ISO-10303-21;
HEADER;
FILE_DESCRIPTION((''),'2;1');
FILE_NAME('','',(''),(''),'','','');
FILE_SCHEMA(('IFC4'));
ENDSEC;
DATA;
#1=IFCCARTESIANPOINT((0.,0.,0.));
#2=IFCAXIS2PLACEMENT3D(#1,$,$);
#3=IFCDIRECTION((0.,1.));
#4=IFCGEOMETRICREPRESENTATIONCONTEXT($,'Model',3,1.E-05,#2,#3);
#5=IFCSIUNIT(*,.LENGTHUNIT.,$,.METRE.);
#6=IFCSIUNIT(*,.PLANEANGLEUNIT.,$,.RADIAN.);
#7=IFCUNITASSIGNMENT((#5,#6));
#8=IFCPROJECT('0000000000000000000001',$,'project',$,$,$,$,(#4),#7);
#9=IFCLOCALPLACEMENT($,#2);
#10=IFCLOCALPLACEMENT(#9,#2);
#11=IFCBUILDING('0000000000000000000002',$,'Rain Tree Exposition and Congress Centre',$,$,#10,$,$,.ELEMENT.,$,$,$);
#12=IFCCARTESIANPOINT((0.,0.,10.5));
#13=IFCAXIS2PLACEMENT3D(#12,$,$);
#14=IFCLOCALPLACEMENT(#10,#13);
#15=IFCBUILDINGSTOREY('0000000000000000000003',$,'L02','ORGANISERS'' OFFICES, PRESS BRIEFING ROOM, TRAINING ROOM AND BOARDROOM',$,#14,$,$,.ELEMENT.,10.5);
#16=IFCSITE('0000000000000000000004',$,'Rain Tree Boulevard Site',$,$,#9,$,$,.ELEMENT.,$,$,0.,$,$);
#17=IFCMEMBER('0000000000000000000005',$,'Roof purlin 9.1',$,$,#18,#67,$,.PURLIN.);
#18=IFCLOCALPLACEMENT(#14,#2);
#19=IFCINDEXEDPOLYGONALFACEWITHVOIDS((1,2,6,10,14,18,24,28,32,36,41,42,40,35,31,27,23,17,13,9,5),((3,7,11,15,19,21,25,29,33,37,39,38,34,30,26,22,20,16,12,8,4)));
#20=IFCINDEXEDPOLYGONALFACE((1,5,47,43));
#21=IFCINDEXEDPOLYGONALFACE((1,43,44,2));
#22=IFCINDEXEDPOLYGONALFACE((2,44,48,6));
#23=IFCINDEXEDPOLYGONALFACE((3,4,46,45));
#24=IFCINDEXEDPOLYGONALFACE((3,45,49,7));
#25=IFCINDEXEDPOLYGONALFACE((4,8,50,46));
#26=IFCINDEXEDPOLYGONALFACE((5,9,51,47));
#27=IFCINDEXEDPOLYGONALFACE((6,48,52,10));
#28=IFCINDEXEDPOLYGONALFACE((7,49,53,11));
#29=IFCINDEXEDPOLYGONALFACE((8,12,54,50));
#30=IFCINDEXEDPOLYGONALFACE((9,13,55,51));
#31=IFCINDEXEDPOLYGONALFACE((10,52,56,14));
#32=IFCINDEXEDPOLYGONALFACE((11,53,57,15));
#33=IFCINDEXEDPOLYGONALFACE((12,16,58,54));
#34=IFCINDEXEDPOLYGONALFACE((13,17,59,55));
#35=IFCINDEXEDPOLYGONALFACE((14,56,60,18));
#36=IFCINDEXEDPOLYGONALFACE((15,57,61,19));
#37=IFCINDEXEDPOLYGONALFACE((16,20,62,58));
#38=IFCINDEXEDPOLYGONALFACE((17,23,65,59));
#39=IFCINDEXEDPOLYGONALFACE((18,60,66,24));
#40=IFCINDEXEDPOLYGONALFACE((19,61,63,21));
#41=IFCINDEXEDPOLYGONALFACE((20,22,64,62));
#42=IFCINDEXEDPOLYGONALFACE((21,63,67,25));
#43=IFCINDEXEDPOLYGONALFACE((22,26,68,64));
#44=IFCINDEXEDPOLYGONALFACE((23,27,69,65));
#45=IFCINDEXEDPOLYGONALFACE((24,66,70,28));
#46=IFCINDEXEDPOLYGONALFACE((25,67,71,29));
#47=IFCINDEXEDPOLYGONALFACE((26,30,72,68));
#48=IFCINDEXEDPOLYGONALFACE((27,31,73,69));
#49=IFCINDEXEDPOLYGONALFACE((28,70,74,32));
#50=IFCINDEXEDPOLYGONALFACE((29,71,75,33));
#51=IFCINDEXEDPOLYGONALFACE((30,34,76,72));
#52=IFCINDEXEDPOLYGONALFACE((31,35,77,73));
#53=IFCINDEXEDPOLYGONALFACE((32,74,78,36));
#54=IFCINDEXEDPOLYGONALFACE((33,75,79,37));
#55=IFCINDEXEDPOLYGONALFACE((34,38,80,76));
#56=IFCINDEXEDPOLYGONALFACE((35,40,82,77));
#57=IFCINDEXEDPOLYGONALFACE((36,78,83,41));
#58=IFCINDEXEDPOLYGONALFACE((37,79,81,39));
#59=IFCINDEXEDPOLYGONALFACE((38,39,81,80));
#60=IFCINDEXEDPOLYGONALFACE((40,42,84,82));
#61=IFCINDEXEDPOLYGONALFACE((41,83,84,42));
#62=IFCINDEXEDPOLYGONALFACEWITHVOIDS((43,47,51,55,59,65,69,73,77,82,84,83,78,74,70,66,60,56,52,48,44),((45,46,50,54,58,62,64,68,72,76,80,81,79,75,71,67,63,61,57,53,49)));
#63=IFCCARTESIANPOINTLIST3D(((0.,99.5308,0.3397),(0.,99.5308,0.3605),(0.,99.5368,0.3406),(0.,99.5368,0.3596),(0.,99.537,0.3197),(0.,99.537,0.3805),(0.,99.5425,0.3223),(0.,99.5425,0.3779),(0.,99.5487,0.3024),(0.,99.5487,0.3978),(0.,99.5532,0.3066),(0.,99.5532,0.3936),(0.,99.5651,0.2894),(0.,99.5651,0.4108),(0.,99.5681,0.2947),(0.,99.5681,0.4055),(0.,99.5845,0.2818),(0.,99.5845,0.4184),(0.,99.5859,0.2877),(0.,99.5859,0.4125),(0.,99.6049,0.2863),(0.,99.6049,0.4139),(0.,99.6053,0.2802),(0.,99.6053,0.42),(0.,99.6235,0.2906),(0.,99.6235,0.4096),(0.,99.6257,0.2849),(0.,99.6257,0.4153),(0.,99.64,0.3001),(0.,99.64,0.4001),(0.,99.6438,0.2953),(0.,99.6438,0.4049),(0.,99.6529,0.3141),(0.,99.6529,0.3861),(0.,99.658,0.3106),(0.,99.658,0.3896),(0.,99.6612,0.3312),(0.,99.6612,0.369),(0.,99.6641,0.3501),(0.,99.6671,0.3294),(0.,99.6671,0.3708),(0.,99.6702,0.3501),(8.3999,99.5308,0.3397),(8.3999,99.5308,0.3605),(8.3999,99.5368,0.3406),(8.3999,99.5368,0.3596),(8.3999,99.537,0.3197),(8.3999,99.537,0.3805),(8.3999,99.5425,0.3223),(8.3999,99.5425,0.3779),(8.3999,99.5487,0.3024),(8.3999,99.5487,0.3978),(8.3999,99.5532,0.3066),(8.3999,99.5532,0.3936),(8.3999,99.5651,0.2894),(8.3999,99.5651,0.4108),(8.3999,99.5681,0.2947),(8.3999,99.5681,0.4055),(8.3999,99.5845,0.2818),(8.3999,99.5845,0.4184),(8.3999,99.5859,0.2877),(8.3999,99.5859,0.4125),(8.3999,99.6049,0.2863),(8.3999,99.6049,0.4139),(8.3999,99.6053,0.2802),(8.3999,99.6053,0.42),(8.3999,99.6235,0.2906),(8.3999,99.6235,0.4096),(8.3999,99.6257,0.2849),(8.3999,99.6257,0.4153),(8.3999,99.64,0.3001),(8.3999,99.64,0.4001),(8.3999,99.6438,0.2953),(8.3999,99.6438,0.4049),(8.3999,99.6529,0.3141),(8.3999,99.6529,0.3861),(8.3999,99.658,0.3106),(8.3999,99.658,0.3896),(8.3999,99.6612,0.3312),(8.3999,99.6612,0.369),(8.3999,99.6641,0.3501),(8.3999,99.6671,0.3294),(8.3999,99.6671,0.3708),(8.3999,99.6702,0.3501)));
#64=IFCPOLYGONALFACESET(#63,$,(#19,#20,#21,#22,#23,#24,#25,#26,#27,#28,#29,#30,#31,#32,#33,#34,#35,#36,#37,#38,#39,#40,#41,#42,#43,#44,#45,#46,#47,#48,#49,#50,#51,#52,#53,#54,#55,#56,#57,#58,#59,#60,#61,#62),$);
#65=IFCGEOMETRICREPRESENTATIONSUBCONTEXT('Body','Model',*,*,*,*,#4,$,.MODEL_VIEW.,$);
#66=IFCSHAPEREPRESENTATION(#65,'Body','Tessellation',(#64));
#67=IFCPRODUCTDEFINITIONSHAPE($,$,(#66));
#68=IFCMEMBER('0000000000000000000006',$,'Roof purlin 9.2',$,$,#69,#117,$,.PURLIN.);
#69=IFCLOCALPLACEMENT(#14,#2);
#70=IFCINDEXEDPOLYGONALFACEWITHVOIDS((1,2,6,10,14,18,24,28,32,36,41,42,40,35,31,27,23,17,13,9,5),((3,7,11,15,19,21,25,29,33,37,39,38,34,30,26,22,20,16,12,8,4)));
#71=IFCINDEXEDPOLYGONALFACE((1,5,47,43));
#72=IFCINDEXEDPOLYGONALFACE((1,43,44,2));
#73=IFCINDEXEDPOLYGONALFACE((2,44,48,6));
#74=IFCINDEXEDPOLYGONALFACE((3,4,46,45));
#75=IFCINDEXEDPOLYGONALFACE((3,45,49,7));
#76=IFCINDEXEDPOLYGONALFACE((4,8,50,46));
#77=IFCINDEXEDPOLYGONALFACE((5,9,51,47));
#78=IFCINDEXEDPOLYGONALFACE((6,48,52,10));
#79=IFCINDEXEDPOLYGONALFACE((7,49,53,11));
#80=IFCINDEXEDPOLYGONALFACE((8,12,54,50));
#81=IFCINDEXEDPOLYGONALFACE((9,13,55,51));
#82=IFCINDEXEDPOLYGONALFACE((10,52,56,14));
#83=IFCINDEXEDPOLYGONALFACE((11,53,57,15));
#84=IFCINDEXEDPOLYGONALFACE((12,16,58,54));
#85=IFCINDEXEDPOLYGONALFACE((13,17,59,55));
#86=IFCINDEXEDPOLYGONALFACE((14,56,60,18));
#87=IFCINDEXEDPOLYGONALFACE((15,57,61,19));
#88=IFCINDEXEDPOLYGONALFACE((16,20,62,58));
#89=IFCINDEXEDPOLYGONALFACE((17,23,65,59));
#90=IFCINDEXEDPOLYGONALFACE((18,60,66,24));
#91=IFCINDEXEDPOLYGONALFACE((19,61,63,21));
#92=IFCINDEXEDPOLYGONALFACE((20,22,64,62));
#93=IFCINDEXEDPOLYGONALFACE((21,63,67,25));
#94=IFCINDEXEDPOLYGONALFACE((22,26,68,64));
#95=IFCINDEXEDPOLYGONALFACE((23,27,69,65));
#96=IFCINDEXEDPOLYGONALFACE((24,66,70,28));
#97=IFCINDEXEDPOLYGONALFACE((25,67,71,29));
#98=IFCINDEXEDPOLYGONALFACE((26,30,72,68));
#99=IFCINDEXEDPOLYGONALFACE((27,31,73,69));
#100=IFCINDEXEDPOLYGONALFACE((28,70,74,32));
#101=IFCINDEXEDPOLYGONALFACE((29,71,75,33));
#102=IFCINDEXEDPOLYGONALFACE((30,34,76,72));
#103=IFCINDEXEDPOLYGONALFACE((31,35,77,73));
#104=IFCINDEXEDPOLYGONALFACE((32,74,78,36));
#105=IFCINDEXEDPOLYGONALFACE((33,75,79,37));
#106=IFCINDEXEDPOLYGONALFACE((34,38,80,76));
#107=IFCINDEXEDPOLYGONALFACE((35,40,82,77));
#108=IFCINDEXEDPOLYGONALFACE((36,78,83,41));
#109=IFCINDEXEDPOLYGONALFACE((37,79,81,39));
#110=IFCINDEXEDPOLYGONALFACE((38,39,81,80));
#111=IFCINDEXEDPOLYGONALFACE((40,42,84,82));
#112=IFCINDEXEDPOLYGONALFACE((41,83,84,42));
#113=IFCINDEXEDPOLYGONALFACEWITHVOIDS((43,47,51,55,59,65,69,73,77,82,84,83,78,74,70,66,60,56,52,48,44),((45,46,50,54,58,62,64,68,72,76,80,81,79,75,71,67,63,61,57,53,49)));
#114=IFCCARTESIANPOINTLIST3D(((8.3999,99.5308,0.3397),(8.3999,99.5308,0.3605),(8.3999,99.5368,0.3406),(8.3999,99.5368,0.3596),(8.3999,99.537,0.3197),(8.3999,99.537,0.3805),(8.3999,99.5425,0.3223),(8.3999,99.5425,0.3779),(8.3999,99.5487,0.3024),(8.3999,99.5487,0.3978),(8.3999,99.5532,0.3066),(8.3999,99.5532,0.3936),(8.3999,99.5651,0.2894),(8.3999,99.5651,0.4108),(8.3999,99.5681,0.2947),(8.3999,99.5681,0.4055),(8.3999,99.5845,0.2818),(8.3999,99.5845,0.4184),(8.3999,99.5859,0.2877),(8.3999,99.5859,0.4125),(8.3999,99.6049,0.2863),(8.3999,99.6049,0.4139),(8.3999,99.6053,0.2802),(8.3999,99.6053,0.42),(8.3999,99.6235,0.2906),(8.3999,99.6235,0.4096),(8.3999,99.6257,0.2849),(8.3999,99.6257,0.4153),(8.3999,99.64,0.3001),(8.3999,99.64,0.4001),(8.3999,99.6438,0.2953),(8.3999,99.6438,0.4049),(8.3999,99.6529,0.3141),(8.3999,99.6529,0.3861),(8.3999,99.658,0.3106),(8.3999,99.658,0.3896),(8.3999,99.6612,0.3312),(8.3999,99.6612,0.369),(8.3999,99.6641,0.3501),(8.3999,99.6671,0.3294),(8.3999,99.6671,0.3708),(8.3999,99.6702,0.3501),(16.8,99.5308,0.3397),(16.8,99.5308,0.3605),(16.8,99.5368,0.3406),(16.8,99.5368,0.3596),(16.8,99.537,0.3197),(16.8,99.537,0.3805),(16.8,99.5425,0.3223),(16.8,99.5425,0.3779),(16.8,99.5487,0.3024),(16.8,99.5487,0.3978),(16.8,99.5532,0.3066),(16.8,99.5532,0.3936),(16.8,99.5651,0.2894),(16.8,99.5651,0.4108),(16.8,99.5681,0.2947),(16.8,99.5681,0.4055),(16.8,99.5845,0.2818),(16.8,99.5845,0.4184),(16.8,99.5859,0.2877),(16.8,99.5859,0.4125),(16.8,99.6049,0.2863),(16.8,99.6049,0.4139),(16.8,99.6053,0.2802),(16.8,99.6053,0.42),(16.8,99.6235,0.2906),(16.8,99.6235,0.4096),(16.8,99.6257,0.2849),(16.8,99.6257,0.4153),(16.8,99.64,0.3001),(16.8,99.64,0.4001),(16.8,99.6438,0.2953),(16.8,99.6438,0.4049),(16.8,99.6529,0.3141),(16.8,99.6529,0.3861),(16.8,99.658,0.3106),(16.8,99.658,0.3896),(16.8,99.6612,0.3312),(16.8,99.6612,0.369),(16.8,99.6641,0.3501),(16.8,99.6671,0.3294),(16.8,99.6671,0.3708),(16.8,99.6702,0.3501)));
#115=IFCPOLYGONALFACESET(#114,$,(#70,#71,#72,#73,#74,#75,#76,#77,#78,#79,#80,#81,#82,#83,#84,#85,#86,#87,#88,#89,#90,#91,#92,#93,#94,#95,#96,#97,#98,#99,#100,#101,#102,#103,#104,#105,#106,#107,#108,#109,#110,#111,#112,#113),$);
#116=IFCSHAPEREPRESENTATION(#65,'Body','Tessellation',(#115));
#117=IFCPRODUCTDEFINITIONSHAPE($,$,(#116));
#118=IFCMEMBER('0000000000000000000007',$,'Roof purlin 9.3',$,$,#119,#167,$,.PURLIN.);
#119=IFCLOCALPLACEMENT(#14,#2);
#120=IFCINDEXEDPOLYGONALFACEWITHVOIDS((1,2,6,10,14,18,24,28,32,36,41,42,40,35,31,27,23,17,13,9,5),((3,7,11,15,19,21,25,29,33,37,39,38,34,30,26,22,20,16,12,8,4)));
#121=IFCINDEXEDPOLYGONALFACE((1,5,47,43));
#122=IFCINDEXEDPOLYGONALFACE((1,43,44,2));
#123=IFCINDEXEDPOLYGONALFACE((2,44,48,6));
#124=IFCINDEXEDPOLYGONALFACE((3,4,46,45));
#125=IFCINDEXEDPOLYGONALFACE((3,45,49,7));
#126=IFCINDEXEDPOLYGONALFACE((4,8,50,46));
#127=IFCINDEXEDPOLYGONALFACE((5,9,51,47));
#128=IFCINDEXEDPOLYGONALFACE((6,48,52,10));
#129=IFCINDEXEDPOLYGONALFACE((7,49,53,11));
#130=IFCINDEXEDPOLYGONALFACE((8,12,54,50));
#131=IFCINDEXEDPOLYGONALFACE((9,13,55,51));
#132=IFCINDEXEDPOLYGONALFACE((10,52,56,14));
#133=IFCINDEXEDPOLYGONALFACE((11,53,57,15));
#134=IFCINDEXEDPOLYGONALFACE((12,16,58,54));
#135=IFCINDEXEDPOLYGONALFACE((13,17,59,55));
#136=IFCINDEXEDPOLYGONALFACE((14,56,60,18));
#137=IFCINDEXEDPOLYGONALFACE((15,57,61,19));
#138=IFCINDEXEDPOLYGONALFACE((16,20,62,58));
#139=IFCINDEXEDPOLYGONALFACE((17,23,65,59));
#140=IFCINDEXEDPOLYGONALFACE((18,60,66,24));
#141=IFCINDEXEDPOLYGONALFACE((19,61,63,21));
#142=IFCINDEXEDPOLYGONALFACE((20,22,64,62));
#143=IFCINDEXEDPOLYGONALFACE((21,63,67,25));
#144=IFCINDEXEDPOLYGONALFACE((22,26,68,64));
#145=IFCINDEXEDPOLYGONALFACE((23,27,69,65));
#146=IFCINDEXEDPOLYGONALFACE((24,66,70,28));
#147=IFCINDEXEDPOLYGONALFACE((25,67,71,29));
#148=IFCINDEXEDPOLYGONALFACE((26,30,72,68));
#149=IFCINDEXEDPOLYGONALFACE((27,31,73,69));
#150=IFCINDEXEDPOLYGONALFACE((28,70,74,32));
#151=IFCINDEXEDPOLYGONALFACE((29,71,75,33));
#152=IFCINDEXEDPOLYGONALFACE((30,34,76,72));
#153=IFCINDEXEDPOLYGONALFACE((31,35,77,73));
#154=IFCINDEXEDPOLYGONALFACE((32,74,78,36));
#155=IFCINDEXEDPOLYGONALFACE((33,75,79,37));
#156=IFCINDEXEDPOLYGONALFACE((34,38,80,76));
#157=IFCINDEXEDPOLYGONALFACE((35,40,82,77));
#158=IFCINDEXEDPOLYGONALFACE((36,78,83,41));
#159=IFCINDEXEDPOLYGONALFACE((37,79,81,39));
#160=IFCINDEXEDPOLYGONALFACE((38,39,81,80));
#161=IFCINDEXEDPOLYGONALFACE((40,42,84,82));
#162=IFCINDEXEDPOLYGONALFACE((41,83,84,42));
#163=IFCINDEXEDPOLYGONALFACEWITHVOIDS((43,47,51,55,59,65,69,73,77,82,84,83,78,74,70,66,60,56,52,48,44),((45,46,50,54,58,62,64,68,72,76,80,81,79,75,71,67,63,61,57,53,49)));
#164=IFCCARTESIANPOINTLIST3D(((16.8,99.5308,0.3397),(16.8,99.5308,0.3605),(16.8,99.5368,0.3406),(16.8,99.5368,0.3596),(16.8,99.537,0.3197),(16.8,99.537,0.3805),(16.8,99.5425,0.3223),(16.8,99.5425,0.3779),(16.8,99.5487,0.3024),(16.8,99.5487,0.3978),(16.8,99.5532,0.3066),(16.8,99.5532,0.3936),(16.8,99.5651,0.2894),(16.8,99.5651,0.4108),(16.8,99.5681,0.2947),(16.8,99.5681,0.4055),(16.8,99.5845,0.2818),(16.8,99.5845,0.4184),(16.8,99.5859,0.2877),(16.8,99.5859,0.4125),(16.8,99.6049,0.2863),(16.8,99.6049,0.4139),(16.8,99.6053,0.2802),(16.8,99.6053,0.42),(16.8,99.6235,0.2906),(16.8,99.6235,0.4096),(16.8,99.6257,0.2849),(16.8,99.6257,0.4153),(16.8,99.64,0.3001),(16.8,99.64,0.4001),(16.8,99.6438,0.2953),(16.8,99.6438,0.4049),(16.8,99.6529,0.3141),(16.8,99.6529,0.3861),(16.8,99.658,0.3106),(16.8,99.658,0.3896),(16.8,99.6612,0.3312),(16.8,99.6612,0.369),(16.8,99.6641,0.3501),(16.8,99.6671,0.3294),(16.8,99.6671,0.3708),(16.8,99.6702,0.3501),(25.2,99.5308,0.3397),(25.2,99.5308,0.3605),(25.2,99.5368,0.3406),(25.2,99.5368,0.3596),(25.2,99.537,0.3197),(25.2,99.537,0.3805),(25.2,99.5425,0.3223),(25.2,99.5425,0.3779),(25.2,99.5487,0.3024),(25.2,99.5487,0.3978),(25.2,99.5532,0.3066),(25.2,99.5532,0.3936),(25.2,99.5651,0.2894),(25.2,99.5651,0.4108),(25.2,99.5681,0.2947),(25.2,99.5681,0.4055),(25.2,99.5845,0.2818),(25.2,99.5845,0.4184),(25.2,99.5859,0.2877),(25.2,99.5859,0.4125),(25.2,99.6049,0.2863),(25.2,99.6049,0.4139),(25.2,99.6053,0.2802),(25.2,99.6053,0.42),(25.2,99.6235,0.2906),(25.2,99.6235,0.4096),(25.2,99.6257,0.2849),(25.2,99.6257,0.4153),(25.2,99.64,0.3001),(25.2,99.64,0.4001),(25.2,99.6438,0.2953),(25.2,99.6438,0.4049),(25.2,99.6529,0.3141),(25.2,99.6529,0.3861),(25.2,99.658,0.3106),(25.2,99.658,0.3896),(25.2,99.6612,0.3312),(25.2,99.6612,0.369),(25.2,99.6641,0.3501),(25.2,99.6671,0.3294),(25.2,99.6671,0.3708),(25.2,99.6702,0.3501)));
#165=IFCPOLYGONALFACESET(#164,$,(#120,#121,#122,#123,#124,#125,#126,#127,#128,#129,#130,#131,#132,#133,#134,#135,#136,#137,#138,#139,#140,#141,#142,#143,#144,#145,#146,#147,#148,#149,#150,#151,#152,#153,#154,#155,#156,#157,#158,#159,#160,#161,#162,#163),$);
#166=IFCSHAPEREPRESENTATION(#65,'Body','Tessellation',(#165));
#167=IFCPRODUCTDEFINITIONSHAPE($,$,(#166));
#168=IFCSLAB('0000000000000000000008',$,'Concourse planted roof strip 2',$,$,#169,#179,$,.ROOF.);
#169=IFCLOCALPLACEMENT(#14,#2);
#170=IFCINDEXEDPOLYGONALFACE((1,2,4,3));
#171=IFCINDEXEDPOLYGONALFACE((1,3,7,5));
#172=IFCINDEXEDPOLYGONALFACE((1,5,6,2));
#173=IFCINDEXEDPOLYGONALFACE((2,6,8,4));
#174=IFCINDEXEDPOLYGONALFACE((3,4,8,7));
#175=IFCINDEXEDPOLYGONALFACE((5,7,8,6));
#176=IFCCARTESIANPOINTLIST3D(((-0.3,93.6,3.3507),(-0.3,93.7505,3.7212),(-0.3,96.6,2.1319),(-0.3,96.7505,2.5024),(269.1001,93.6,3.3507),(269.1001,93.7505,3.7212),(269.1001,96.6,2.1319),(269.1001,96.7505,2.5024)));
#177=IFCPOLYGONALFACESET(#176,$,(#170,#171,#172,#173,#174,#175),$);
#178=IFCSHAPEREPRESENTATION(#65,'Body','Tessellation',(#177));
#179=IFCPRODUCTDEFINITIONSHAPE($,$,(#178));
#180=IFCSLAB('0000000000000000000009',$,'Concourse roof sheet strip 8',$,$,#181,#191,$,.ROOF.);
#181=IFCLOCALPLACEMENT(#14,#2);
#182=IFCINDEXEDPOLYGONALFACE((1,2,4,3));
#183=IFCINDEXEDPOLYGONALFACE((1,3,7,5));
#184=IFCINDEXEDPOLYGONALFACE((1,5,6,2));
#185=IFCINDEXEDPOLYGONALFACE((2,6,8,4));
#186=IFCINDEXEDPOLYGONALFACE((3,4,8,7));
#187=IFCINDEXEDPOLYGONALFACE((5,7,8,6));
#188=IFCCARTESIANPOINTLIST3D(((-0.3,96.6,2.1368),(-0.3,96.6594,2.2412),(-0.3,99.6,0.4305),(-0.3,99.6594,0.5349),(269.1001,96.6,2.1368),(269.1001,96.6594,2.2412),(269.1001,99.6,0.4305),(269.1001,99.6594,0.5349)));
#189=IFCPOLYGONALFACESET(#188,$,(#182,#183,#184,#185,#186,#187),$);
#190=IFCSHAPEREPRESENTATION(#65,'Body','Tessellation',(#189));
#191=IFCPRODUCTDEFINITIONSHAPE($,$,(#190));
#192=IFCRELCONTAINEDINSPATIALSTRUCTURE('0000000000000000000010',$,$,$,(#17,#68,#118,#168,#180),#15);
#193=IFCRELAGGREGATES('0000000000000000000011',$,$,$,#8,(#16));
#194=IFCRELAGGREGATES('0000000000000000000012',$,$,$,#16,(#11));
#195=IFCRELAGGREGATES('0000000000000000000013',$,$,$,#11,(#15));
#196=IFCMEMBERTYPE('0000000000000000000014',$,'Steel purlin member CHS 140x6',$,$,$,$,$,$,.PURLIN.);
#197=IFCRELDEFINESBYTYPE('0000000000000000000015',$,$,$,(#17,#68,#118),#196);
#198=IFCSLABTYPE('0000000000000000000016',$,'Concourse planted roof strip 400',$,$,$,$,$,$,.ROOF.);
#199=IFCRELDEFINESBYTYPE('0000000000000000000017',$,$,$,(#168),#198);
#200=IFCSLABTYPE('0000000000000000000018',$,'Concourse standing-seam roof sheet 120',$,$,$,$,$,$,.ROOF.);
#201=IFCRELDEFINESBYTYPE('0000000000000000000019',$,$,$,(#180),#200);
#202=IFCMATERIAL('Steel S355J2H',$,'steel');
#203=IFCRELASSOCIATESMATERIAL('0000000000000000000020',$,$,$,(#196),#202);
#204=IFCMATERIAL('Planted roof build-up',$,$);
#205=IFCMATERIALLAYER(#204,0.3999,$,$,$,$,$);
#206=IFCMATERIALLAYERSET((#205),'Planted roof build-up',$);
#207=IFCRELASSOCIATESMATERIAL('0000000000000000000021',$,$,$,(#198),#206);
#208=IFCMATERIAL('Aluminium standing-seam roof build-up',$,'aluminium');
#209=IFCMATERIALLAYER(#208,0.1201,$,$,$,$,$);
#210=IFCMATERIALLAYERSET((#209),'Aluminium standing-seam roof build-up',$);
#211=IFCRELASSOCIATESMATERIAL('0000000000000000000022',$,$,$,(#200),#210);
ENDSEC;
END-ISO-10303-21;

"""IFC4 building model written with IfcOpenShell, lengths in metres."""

from ifc_helpers import new_model, si_unit, direction, frame, origin, origin_2d, place, context, subcontext, project, spatial, polyline, hollow_circle, outline, extrude, material, layer, layer_set, material_profile, profile_set, type_object, element, save


model = new_model("IFC4")

# Units and contexts
model_context = context("Model", 3, precision=1e-05, world=origin(), true_north=direction((0.0, 1.0)))
body_context = subcontext(model_context, "Body", "Model", "MODEL_VIEW")
ifc_project = project(units=[si_unit("LENGTHUNIT", "METRE"), si_unit("PLANEANGLEUNIT", "RADIAN")], contexts=[model_context])

# Site, building, storey
site_placement = place(None, origin())
site = spatial("IfcSite", under=ifc_project, at=site_placement, Name="Rain Tree Boulevard Site", CompositionType="ELEMENT", RefElevation=0.0)
building_placement = place(site_placement, origin())
building = spatial("IfcBuilding", under=site, at=building_placement, Name="Rain Tree Exposition and Congress Centre", CompositionType="ELEMENT")
storey_placement = place(building_placement, frame((0.0, 0.0, 10.5)))
storey = spatial("IfcBuildingStorey", under=building, at=storey_placement, Name="L02", Description="ORGANISERS' OFFICES, PRESS BRIEFING ROOM, TRAINING ROOM AND BOARDROOM", CompositionType="ELEMENT", Elevation=10.5)

# Members
ifc_material_1 = material(Name="Steel S355J2H", Category="steel")
ifc_material_profile_1 = material_profile(ifc_material_1, hollow_circle(Radius=0.0701, WallThickness=0.0061, at=origin_2d()), Name="CHS 140x6")
ifc_profile_set_1 = profile_set([ifc_material_profile_1], Name="Steel S355J2H")
member_type_1 = type_object("IfcMemberType", Name="Steel purlin member CHS 140x6", PredefinedType="PURLIN", material=ifc_profile_set_1)
for number, where, z_axis, x_axis, name in (
    (1, (0.0, 99.6001, 0.3501), (1.0, 0.0, 0.0), (0.0, 1.0, 0.0), "Roof purlin 9.1"),
):
    element("IfcMember", number, at=place(storey_placement, frame(where, z_axis=z_axis, x_axis=x_axis)), inside=storey, type_object=member_type_1, Name=name, PredefinedType="PURLIN", context=body_context, shape_type="SweptSolid", body=[
        extrude(hollow_circle(Radius=0.0701, WallThickness=0.0061, at=origin_2d()), origin(), (0.0, 0.0, 1.0), 8.3999),
    ])
member_1_placement = place(storey_placement, frame((8.3999, 99.6001, 0.3501), z_axis=(1.0, 0.0, 0.0), x_axis=(0.0, 1.0, 0.0)))
element("IfcMember", 2, at=member_1_placement, inside=storey, type_object=member_type_1, Name="Roof purlin 9.2", PredefinedType="PURLIN", context=body_context, shape_type="SweptSolid", body=[
    extrude(hollow_circle(Radius=0.0701, WallThickness=0.0061, at=origin_2d()), origin(), (0.0, 0.0, 1.0), 8.4001),
])
member_2_placement = place(storey_placement, frame((16.8, 99.6001, 0.3501), z_axis=(1.0, 0.0, 0.0), x_axis=(0.0, 1.0, 0.0)))
element("IfcMember", 3, at=member_2_placement, inside=storey, type_object=member_type_1, Name="Roof purlin 9.3", PredefinedType="PURLIN", context=body_context, shape_type="SweptSolid", body=[
    extrude(hollow_circle(Radius=0.0701, WallThickness=0.0061, at=origin_2d()), origin(), (0.0, 0.0, 1.0), 8.3999),
])

# Slabs
ifc_material_2 = material(Name="Planted roof build-up")
ifc_layer_1 = layer(ifc_material_2, 0.3999)
ifc_layer_set_1 = layer_set([ifc_layer_1], Name="Planted roof build-up")
slab_type_1 = type_object("IfcSlabType", Name="Concourse planted roof strip 400", PredefinedType="ROOF", material=ifc_layer_set_1)
slab_1_placement = place(storey_placement, frame((-0.3, 93.7505, 3.7212), z_axis=(0.0, 0.376377, 0.926467), x_axis=(1.0, 0.0, 0.0)))
element("IfcSlab", 4, at=slab_1_placement, inside=storey, type_object=slab_type_1, Name="Concourse planted roof strip 2", PredefinedType="ROOF", context=body_context, shape_type="SweptSolid", body=[
    extrude(outline(polyline([(0.0, 0.0), (269.4001, 0.0), (269.4001, 3.2381), (0.0, 3.2381), (0.0, 0.0)])), origin(), (0.0, 0.0, -1.0), 0.3999),
])
ifc_material_3 = material(Name="Aluminium standing-seam roof build-up", Category="aluminium")
ifc_layer_2 = layer(ifc_material_3, 0.1201)
ifc_layer_set_2 = layer_set([ifc_layer_2], Name="Aluminium standing-seam roof build-up")
slab_type_2 = type_object("IfcSlabType", Name="Concourse standing-seam roof sheet 120", PredefinedType="ROOF", material=ifc_layer_set_2)
slab_2_placement = place(storey_placement, frame((-0.3, 96.6594, 2.2412), z_axis=(0.0, 0.494393, 0.869238), x_axis=(1.0, 0.0, 0.0)))
element("IfcSlab", 5, at=slab_2_placement, inside=storey, type_object=slab_type_2, Name="Concourse roof sheet strip 8", PredefinedType="ROOF", context=body_context, shape_type="SweptSolid", body=[
    extrude(outline(polyline([(0.0, 0.0), (269.4001, 0.0), (269.4001, 3.4513), (0.0, 3.4513), (0.0, 0.0)])), origin(), (0.0, 0.0, -1.0), 0.1201),
])

save(model, "model.ifc")
